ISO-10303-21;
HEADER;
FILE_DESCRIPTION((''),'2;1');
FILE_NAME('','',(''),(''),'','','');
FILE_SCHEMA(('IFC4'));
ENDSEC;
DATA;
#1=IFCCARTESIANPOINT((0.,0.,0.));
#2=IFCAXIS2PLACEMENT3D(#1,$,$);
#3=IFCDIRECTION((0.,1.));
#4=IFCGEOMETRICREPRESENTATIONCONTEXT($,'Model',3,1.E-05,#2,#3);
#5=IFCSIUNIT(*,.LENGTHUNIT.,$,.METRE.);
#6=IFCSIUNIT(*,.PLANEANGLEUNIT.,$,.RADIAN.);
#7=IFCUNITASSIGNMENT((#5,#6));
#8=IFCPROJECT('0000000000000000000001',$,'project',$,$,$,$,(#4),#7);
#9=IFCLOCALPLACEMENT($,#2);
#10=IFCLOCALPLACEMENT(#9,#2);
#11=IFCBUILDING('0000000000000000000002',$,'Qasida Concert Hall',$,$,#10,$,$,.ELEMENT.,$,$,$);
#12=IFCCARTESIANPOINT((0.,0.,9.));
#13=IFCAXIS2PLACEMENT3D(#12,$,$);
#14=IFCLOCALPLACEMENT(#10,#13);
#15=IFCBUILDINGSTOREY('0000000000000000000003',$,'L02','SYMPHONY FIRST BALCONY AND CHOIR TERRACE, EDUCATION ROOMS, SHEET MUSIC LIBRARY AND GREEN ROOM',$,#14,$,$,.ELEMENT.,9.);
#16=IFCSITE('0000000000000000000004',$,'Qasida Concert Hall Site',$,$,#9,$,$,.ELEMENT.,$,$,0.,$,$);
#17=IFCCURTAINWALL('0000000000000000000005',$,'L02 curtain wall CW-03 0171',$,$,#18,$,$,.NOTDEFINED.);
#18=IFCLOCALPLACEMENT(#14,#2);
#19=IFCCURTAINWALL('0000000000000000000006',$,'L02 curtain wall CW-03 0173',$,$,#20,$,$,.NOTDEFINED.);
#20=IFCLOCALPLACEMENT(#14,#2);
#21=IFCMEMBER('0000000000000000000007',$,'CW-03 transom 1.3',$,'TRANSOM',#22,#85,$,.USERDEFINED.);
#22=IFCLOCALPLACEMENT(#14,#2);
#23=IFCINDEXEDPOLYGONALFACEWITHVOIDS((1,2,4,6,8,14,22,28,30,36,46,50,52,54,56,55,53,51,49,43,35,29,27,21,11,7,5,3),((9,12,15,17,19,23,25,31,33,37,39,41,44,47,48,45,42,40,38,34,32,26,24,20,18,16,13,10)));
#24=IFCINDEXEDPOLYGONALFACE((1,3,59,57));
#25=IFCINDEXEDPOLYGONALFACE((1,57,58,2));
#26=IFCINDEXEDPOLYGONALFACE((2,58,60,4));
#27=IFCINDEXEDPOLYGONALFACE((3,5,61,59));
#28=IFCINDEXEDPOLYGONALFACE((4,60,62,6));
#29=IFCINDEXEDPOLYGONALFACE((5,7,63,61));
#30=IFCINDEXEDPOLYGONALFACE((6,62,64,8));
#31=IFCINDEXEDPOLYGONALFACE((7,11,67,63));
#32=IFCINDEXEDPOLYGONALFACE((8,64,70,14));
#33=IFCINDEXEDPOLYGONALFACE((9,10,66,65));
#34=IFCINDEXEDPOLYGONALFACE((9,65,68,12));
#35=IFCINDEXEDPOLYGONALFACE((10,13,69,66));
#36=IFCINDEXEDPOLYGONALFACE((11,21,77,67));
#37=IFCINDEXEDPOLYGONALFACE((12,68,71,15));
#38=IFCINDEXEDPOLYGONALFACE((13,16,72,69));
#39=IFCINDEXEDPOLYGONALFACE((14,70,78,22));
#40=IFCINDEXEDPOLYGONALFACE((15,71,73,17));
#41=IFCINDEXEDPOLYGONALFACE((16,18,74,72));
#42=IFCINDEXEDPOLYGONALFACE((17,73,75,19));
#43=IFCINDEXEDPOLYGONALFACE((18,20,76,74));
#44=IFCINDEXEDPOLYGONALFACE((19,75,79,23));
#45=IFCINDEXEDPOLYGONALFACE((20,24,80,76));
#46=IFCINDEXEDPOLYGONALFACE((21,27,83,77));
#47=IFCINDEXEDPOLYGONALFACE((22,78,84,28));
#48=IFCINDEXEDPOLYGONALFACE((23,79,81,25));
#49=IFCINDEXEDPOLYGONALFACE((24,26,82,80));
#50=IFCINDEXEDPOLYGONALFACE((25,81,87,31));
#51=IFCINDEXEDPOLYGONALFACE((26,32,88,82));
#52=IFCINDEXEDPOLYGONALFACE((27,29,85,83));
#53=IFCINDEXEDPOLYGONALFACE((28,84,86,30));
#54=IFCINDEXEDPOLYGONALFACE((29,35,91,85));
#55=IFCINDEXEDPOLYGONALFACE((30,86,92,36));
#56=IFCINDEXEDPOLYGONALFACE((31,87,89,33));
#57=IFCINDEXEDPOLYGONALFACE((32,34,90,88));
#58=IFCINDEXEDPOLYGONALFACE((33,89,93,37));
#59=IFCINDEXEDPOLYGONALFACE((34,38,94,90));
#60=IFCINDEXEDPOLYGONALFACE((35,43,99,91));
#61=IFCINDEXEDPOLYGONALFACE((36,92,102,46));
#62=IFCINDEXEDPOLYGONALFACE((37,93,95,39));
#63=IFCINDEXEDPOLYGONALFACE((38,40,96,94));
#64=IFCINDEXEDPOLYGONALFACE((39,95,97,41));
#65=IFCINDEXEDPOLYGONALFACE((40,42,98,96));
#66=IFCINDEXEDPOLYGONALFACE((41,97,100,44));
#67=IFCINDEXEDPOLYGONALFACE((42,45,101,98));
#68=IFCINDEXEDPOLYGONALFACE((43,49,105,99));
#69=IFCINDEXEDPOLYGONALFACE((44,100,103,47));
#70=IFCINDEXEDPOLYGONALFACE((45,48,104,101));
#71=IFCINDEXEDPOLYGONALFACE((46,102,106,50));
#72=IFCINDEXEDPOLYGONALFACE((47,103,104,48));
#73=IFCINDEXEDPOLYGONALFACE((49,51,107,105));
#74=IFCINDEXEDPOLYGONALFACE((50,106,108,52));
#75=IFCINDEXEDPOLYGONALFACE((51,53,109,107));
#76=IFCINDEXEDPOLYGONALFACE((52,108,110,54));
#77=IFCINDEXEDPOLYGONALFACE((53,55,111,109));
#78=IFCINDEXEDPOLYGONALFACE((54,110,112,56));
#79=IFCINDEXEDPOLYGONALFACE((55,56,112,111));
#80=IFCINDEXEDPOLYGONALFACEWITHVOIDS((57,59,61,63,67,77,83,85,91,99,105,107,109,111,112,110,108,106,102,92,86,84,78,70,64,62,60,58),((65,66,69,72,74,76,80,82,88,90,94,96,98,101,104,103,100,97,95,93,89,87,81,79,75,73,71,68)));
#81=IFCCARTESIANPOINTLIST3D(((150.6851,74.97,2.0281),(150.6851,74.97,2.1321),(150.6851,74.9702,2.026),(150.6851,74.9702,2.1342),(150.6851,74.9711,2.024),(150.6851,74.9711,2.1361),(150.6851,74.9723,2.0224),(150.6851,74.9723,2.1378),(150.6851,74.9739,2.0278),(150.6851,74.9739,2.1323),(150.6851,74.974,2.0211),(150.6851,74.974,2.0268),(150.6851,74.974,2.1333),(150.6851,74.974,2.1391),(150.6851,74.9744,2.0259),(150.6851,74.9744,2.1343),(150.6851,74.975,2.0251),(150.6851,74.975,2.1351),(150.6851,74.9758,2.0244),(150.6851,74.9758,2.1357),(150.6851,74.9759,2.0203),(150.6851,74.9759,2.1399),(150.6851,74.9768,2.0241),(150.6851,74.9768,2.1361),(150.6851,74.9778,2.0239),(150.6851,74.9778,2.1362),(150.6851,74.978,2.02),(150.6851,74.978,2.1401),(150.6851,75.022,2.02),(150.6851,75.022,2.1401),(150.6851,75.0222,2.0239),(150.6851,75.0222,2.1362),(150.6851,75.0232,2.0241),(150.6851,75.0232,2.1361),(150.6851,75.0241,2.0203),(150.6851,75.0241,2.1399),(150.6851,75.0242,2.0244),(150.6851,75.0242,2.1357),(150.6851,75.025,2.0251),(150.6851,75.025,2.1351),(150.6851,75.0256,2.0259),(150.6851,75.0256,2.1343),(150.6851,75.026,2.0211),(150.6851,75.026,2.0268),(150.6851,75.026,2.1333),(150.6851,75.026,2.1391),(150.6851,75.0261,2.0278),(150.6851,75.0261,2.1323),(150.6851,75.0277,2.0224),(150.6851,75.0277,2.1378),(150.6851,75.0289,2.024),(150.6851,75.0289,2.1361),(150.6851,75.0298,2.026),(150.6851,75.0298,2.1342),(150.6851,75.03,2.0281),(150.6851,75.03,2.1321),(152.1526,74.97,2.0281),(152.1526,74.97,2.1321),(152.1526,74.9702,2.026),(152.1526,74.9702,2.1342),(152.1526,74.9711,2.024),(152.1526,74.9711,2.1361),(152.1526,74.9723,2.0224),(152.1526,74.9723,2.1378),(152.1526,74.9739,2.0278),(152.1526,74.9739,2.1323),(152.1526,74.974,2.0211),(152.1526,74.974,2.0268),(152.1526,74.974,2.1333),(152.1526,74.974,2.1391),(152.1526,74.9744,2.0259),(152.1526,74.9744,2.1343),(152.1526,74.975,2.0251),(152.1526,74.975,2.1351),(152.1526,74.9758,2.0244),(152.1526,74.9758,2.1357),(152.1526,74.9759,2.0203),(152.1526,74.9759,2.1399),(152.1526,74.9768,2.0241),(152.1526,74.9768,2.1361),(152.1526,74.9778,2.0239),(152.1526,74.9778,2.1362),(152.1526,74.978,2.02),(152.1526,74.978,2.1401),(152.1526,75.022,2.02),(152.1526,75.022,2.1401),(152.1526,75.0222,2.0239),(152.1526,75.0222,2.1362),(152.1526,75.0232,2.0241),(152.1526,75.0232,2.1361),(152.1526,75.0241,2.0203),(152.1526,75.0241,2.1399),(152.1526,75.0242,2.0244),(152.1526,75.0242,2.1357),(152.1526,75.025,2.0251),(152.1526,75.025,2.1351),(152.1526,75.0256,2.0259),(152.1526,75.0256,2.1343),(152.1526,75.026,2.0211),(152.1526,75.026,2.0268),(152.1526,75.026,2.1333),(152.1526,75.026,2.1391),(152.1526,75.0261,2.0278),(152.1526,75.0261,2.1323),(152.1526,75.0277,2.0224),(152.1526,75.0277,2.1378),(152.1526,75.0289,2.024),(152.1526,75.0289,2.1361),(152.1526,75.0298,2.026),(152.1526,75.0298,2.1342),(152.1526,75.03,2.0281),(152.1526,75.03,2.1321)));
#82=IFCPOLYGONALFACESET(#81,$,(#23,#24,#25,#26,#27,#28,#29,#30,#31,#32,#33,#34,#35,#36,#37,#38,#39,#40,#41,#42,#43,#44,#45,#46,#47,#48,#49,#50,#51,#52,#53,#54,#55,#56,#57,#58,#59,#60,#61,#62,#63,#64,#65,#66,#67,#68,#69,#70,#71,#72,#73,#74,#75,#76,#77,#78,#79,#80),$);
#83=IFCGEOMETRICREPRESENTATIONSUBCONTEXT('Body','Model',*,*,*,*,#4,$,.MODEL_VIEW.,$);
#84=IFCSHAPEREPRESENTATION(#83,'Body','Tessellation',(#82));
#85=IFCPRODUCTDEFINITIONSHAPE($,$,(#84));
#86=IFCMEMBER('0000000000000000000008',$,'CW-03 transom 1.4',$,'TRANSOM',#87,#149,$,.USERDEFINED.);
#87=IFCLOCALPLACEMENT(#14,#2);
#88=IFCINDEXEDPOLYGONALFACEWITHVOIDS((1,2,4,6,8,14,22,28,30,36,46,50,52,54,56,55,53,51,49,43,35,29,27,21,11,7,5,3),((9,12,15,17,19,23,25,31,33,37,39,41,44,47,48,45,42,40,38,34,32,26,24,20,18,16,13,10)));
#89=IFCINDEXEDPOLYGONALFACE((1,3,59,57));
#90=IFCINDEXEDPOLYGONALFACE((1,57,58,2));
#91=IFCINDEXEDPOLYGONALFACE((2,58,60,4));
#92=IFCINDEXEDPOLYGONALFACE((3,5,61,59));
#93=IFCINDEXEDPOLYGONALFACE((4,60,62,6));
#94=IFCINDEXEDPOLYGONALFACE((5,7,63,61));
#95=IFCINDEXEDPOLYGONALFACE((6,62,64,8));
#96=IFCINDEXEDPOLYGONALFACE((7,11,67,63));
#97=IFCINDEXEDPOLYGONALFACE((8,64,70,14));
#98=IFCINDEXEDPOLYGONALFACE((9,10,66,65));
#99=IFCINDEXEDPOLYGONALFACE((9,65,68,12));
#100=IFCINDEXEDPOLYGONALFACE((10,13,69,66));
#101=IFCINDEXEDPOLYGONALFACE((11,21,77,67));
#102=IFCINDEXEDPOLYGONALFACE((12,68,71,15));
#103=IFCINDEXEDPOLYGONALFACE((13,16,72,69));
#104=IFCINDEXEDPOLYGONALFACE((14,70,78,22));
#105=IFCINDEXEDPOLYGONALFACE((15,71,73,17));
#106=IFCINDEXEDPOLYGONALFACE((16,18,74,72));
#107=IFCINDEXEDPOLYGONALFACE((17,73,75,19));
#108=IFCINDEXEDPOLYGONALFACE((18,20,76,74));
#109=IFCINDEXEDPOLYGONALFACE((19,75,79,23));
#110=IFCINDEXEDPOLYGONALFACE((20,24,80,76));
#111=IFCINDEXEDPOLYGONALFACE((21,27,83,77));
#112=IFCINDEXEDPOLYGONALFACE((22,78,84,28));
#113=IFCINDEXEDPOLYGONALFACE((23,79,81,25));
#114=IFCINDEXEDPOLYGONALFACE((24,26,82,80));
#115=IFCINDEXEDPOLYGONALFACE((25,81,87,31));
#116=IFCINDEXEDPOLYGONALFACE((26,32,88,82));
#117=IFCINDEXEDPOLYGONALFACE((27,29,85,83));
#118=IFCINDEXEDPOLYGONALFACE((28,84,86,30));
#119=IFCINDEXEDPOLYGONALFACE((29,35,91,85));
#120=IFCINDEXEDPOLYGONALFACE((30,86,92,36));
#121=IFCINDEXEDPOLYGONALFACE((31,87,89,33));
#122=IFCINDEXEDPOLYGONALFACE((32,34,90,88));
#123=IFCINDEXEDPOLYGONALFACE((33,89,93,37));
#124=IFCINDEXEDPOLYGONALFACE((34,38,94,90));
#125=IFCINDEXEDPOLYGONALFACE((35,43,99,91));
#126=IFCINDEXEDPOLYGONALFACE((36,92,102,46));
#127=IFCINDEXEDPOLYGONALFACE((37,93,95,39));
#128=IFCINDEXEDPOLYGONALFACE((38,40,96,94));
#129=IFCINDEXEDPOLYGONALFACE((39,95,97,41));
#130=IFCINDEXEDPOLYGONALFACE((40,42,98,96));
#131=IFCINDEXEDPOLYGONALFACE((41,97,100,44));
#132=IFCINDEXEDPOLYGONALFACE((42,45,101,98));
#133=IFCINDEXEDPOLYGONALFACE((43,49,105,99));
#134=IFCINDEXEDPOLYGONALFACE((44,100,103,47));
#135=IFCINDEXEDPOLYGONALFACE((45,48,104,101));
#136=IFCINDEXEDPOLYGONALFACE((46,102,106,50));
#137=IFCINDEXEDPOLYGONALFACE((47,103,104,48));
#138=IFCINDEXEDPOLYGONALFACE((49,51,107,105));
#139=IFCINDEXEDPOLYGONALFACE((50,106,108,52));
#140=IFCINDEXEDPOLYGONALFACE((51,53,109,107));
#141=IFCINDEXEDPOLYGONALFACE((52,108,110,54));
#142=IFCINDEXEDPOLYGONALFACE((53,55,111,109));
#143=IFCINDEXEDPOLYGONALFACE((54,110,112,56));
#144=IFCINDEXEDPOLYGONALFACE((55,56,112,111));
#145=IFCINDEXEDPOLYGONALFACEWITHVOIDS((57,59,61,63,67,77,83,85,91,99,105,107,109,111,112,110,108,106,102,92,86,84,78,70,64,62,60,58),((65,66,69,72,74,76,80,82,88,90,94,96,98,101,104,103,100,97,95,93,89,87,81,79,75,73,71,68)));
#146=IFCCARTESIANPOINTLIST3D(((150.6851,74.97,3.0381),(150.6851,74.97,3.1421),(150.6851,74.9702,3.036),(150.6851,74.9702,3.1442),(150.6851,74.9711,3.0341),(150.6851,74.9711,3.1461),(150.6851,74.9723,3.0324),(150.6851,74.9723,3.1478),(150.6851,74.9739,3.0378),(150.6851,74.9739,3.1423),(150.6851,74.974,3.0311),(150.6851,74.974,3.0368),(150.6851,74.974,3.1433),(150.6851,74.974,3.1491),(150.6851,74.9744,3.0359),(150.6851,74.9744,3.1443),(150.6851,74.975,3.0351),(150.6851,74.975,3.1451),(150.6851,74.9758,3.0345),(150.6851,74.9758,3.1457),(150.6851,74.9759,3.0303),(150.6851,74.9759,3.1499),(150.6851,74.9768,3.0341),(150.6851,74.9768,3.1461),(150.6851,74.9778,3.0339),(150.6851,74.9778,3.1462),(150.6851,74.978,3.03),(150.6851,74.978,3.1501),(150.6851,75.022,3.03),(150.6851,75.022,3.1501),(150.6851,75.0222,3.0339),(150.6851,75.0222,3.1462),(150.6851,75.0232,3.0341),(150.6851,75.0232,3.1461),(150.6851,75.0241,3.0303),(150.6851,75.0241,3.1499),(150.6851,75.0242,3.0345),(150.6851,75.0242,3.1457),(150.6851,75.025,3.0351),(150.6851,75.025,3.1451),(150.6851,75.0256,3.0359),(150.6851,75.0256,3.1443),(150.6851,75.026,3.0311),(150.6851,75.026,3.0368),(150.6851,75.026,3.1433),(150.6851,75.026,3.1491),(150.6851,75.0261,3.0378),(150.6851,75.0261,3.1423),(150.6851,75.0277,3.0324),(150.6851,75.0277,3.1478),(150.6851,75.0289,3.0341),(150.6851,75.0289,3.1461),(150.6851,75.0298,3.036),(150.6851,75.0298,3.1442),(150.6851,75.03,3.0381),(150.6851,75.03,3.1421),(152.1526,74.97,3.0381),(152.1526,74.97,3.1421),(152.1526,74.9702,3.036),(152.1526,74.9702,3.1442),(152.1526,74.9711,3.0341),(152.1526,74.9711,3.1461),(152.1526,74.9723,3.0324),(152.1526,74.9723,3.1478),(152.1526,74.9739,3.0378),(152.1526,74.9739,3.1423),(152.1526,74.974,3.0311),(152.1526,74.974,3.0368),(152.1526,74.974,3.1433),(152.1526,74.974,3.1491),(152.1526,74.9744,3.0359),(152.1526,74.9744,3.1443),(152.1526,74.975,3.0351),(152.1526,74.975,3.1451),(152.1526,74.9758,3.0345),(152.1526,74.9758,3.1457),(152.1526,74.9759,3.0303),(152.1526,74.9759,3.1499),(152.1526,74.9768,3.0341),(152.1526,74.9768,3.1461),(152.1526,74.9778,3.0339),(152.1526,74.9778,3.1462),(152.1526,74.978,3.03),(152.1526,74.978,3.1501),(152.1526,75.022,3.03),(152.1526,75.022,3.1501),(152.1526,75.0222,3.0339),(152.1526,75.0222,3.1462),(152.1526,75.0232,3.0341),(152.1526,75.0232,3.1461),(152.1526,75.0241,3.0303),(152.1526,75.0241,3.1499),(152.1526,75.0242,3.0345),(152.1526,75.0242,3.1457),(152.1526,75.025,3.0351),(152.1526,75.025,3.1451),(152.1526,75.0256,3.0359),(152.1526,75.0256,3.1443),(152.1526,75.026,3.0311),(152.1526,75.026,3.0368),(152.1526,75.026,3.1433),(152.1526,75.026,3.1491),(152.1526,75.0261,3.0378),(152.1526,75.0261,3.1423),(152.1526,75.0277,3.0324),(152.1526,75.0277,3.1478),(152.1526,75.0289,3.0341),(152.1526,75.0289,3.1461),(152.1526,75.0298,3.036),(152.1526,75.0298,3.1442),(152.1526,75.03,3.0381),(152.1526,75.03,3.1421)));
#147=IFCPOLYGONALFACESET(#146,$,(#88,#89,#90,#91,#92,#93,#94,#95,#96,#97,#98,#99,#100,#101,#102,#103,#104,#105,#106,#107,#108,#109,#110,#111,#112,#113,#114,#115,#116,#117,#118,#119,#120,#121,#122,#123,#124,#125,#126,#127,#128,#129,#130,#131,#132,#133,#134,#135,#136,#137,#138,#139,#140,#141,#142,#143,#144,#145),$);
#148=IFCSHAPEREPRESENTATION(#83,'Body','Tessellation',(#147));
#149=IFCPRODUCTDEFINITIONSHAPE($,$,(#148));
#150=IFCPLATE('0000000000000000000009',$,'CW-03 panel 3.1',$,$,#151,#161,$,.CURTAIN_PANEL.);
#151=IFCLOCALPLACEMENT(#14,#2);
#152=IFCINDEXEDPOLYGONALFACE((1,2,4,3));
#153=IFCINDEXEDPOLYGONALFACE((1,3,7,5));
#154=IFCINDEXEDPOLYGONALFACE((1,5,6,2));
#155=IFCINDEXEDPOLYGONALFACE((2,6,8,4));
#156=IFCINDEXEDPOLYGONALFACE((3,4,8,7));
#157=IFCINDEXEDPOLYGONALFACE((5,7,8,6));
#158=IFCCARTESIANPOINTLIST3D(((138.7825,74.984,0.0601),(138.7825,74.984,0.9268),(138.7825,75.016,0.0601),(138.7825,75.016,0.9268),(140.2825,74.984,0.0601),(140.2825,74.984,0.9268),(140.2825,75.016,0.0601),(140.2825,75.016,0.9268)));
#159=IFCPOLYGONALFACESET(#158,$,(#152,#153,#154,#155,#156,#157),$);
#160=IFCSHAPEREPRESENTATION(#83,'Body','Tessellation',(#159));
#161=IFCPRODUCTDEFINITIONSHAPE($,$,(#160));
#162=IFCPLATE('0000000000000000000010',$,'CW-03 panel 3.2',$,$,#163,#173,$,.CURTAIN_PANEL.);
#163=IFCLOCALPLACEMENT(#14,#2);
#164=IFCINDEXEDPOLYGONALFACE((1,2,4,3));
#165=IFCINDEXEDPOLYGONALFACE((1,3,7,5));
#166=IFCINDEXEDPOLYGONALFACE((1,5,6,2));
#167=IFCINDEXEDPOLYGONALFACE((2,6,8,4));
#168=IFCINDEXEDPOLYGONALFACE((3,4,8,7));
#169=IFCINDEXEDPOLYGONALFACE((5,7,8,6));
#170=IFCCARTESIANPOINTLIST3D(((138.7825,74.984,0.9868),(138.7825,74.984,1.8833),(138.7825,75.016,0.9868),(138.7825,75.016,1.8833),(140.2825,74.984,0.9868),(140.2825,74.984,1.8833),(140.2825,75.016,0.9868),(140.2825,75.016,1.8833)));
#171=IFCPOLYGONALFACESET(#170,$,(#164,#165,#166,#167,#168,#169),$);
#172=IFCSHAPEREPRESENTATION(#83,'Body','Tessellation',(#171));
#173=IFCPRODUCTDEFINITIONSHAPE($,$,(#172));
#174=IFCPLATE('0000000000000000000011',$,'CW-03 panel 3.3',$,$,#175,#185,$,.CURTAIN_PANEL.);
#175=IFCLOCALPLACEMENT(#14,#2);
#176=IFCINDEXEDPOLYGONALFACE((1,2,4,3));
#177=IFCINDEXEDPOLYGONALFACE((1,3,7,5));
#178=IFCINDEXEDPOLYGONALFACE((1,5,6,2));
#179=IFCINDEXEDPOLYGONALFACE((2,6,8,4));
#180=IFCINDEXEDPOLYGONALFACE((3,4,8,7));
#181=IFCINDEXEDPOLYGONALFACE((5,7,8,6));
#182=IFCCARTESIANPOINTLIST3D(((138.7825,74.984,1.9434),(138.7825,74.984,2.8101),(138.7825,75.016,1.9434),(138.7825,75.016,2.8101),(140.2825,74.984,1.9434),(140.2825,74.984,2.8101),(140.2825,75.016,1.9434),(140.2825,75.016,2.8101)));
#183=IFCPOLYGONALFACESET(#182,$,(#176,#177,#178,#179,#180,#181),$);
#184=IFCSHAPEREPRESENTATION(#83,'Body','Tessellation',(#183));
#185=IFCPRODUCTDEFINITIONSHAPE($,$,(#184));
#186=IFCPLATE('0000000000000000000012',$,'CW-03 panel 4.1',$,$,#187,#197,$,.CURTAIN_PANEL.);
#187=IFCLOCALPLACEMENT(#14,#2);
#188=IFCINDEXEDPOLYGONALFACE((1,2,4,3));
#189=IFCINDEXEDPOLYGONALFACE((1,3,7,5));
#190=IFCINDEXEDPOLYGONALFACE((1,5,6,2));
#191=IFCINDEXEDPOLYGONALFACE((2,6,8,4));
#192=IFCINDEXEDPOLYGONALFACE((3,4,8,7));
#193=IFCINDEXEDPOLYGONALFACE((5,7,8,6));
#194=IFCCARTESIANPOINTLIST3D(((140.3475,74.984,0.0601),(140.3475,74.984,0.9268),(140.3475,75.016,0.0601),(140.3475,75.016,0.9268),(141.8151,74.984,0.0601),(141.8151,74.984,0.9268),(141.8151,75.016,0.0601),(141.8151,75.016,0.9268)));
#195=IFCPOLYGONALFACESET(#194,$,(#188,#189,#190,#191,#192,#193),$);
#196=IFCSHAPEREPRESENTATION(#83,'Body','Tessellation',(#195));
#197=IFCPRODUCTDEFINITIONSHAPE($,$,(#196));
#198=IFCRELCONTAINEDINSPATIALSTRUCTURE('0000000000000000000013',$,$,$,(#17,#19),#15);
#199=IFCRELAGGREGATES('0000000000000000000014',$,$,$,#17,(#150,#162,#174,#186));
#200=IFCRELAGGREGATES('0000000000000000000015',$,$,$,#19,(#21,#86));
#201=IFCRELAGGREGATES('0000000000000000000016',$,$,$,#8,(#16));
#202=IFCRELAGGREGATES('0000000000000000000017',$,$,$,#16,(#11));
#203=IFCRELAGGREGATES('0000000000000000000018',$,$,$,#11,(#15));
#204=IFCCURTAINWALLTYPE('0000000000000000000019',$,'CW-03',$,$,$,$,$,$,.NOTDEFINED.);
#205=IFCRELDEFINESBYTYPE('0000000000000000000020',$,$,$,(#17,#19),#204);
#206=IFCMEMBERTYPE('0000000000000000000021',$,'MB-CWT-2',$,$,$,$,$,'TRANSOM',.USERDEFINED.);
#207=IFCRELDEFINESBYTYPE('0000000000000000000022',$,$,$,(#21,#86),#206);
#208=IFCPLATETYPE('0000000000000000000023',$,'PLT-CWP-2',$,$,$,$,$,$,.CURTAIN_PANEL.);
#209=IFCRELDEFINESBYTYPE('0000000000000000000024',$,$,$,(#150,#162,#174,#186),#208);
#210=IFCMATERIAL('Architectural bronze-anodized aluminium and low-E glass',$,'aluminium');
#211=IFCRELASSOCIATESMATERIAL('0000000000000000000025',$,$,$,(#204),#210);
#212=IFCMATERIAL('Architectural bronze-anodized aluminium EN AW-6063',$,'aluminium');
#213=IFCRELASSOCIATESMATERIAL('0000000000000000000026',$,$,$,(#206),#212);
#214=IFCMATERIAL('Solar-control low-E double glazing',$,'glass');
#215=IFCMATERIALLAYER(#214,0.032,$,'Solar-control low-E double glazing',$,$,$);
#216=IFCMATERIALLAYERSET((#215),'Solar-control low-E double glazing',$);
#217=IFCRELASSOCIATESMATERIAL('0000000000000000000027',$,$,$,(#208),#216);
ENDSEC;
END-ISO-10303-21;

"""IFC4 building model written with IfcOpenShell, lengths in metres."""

from ifc_helpers import new_model, si_unit, direction, frame, origin, origin_2d, place, context, subcontext, project, spatial, rectangle, hollow_rectangle, extrude, material, layer, layer_set, material_profile, profile_set, type_object, element, aggregate, save


model = new_model("IFC4")

# Units and contexts
model_context = context("Model", 3, precision=1e-05, world=origin(), true_north=direction((0.0, 1.0)))
body_context = subcontext(model_context, "Body", "Model", "MODEL_VIEW")
ifc_project = project(units=[si_unit("LENGTHUNIT", "METRE"), si_unit("PLANEANGLEUNIT", "RADIAN")], contexts=[model_context])

# Site, building, storey
site_placement = place(None, origin())
site = spatial("IfcSite", under=ifc_project, at=site_placement, Name="Qasida Concert Hall Site", CompositionType="ELEMENT", RefElevation=0.0)
building_placement = place(site_placement, origin())
building = spatial("IfcBuilding", under=site, at=building_placement, Name="Qasida Concert Hall", CompositionType="ELEMENT")
storey_placement = place(building_placement, frame((0.0, 0.0, 9.0)))
storey = spatial("IfcBuildingStorey", under=building, at=storey_placement, Name="L02", Description="SYMPHONY FIRST BALCONY AND CHOIR TERRACE, EDUCATION ROOMS, SHEET MUSIC LIBRARY AND GREEN ROOM", CompositionType="ELEMENT", Elevation=9.0)

# Curtain wall
ifc_material_1 = material(Name="Architectural bronze-anodized aluminium and low-E glass", Category="aluminium")
curtain_wall_type = type_object("IfcCurtainWallType", Name="CW-03", PredefinedType="NOTDEFINED", material=ifc_material_1)
curtain_wall_1_placement = place(storey_placement, origin())
curtain_wall_1 = element("IfcCurtainWall", 1, at=curtain_wall_1_placement, inside=storey, type_object=curtain_wall_type, Name="L02 curtain wall CW-03 0171", PredefinedType="NOTDEFINED")
ifc_material_2 = material(Name="Architectural bronze-anodized aluminium EN AW-6063", Category="aluminium")

# Curtain wall
curtain_wall_2_placement = place(storey_placement, origin())
curtain_wall_2 = element("IfcCurtainWall", 2, at=curtain_wall_2_placement, inside=storey, type_object=curtain_wall_type, Name="L02 curtain wall CW-03 0173", PredefinedType="NOTDEFINED")

# Members
ifc_material_profile_1 = material_profile(ifc_material_2, hollow_rectangle(XDim=0.0601, YDim=0.1201, WallThickness=0.0039, InnerFilletRadius=0.0039, OuterFilletRadius=0.0081, at=origin_2d()), Name="CWT 120x60x4")
ifc_profile_set_1 = profile_set([ifc_material_profile_1], Name="Architectural bronze-anodized aluminium EN AW-6063")
member_type_1 = type_object("IfcMemberType", Name="MB-CWT-2", ElementType="TRANSOM", PredefinedType="USERDEFINED", material=ifc_profile_set_1)
member_1_placement = place(storey_placement, frame((150.6851, 75.0, 2.0801), z_axis=(1.0, 0.0, 0.0), x_axis=(0.0, 1.0, 0.0)))
member_1 = element("IfcMember", 3, at=member_1_placement, type_object=member_type_1, Name="CW-03 transom 1.3", ObjectType="TRANSOM", PredefinedType="USERDEFINED", context=body_context, shape_type="SweptSolid", body=[
    extrude(hollow_rectangle(XDim=0.0601, YDim=0.1201, WallThickness=0.0039, InnerFilletRadius=0.0039, OuterFilletRadius=0.0081, at=origin_2d()), origin(), (0.0, 0.0, 1.0), 1.4675),
])
member_2_placement = place(storey_placement, frame((150.6851, 75.0, 3.0901), z_axis=(1.0, 0.0, 0.0), x_axis=(0.0, 1.0, 0.0)))
member_2 = element("IfcMember", 4, at=member_2_placement, type_object=member_type_1, Name="CW-03 transom 1.4", ObjectType="TRANSOM", PredefinedType="USERDEFINED", context=body_context, shape_type="SweptSolid", body=[
    extrude(hollow_rectangle(XDim=0.0601, YDim=0.1201, WallThickness=0.0039, InnerFilletRadius=0.0039, OuterFilletRadius=0.0081, at=origin_2d()), origin(), (0.0, 0.0, 1.0), 1.4675),
])

# Plates
ifc_material_3 = material(Name="Solar-control low-E double glazing", Category="glass")
ifc_layer_1 = layer(ifc_material_3, 0.032, Name="Solar-control low-E double glazing")
ifc_layer_set_1 = layer_set([ifc_layer_1], Name="Solar-control low-E double glazing")
plate_type = type_object("IfcPlateType", Name="PLT-CWP-2", PredefinedType="CURTAIN_PANEL", material=ifc_layer_set_1)
plate_1_placement = place(storey_placement, frame((139.5325, 75.0, 0.0601), z_axis=(0.0, 0.0, 1.0), x_axis=(1.0, 0.0, 0.0)))
plate_1 = element("IfcPlate", 5, at=plate_1_placement, type_object=plate_type, Name="CW-03 panel 3.1", PredefinedType="CURTAIN_PANEL", context=body_context, shape_type="SweptSolid", body=[
    extrude(rectangle(XDim=1.5, YDim=0.032, at=origin_2d()), origin(), (0.0, 0.0, 1.0), 0.8667),
])
plate_2_placement = place(storey_placement, frame((139.5325, 75.0, 0.9868), z_axis=(0.0, 0.0, 1.0), x_axis=(1.0, 0.0, 0.0)))
plate_2 = element("IfcPlate", 6, at=plate_2_placement, type_object=plate_type, Name="CW-03 panel 3.2", PredefinedType="CURTAIN_PANEL", context=body_context, shape_type="SweptSolid", body=[
    extrude(rectangle(XDim=1.5, YDim=0.032, at=origin_2d()), origin(), (0.0, 0.0, 1.0), 0.8965),
])
plate_3_placement = place(storey_placement, frame((139.5325, 75.0, 1.9434), z_axis=(0.0, 0.0, 1.0), x_axis=(1.0, 0.0, 0.0)))
plate_3 = element("IfcPlate", 7, at=plate_3_placement, type_object=plate_type, Name="CW-03 panel 3.3", PredefinedType="CURTAIN_PANEL", context=body_context, shape_type="SweptSolid", body=[
    extrude(rectangle(XDim=1.5, YDim=0.032, at=origin_2d()), origin(), (0.0, 0.0, 1.0), 0.8667),
])
plate_4_placement = place(storey_placement, frame((141.0813, 75.0, 0.0601), z_axis=(0.0, 0.0, 1.0), x_axis=(1.0, 0.0, 0.0)))
plate_4 = element("IfcPlate", 8, at=plate_4_placement, type_object=plate_type, Name="CW-03 panel 4.1", PredefinedType="CURTAIN_PANEL", context=body_context, shape_type="SweptSolid", body=[
    extrude(rectangle(XDim=1.4675, YDim=0.032, at=origin_2d()), origin(), (0.0, 0.0, 1.0), 0.8667),
])
aggregate(curtain_wall_1, [plate_1, plate_2, plate_3, plate_4])
aggregate(curtain_wall_2, [member_1, member_2])

save(model, "model.ifc")
